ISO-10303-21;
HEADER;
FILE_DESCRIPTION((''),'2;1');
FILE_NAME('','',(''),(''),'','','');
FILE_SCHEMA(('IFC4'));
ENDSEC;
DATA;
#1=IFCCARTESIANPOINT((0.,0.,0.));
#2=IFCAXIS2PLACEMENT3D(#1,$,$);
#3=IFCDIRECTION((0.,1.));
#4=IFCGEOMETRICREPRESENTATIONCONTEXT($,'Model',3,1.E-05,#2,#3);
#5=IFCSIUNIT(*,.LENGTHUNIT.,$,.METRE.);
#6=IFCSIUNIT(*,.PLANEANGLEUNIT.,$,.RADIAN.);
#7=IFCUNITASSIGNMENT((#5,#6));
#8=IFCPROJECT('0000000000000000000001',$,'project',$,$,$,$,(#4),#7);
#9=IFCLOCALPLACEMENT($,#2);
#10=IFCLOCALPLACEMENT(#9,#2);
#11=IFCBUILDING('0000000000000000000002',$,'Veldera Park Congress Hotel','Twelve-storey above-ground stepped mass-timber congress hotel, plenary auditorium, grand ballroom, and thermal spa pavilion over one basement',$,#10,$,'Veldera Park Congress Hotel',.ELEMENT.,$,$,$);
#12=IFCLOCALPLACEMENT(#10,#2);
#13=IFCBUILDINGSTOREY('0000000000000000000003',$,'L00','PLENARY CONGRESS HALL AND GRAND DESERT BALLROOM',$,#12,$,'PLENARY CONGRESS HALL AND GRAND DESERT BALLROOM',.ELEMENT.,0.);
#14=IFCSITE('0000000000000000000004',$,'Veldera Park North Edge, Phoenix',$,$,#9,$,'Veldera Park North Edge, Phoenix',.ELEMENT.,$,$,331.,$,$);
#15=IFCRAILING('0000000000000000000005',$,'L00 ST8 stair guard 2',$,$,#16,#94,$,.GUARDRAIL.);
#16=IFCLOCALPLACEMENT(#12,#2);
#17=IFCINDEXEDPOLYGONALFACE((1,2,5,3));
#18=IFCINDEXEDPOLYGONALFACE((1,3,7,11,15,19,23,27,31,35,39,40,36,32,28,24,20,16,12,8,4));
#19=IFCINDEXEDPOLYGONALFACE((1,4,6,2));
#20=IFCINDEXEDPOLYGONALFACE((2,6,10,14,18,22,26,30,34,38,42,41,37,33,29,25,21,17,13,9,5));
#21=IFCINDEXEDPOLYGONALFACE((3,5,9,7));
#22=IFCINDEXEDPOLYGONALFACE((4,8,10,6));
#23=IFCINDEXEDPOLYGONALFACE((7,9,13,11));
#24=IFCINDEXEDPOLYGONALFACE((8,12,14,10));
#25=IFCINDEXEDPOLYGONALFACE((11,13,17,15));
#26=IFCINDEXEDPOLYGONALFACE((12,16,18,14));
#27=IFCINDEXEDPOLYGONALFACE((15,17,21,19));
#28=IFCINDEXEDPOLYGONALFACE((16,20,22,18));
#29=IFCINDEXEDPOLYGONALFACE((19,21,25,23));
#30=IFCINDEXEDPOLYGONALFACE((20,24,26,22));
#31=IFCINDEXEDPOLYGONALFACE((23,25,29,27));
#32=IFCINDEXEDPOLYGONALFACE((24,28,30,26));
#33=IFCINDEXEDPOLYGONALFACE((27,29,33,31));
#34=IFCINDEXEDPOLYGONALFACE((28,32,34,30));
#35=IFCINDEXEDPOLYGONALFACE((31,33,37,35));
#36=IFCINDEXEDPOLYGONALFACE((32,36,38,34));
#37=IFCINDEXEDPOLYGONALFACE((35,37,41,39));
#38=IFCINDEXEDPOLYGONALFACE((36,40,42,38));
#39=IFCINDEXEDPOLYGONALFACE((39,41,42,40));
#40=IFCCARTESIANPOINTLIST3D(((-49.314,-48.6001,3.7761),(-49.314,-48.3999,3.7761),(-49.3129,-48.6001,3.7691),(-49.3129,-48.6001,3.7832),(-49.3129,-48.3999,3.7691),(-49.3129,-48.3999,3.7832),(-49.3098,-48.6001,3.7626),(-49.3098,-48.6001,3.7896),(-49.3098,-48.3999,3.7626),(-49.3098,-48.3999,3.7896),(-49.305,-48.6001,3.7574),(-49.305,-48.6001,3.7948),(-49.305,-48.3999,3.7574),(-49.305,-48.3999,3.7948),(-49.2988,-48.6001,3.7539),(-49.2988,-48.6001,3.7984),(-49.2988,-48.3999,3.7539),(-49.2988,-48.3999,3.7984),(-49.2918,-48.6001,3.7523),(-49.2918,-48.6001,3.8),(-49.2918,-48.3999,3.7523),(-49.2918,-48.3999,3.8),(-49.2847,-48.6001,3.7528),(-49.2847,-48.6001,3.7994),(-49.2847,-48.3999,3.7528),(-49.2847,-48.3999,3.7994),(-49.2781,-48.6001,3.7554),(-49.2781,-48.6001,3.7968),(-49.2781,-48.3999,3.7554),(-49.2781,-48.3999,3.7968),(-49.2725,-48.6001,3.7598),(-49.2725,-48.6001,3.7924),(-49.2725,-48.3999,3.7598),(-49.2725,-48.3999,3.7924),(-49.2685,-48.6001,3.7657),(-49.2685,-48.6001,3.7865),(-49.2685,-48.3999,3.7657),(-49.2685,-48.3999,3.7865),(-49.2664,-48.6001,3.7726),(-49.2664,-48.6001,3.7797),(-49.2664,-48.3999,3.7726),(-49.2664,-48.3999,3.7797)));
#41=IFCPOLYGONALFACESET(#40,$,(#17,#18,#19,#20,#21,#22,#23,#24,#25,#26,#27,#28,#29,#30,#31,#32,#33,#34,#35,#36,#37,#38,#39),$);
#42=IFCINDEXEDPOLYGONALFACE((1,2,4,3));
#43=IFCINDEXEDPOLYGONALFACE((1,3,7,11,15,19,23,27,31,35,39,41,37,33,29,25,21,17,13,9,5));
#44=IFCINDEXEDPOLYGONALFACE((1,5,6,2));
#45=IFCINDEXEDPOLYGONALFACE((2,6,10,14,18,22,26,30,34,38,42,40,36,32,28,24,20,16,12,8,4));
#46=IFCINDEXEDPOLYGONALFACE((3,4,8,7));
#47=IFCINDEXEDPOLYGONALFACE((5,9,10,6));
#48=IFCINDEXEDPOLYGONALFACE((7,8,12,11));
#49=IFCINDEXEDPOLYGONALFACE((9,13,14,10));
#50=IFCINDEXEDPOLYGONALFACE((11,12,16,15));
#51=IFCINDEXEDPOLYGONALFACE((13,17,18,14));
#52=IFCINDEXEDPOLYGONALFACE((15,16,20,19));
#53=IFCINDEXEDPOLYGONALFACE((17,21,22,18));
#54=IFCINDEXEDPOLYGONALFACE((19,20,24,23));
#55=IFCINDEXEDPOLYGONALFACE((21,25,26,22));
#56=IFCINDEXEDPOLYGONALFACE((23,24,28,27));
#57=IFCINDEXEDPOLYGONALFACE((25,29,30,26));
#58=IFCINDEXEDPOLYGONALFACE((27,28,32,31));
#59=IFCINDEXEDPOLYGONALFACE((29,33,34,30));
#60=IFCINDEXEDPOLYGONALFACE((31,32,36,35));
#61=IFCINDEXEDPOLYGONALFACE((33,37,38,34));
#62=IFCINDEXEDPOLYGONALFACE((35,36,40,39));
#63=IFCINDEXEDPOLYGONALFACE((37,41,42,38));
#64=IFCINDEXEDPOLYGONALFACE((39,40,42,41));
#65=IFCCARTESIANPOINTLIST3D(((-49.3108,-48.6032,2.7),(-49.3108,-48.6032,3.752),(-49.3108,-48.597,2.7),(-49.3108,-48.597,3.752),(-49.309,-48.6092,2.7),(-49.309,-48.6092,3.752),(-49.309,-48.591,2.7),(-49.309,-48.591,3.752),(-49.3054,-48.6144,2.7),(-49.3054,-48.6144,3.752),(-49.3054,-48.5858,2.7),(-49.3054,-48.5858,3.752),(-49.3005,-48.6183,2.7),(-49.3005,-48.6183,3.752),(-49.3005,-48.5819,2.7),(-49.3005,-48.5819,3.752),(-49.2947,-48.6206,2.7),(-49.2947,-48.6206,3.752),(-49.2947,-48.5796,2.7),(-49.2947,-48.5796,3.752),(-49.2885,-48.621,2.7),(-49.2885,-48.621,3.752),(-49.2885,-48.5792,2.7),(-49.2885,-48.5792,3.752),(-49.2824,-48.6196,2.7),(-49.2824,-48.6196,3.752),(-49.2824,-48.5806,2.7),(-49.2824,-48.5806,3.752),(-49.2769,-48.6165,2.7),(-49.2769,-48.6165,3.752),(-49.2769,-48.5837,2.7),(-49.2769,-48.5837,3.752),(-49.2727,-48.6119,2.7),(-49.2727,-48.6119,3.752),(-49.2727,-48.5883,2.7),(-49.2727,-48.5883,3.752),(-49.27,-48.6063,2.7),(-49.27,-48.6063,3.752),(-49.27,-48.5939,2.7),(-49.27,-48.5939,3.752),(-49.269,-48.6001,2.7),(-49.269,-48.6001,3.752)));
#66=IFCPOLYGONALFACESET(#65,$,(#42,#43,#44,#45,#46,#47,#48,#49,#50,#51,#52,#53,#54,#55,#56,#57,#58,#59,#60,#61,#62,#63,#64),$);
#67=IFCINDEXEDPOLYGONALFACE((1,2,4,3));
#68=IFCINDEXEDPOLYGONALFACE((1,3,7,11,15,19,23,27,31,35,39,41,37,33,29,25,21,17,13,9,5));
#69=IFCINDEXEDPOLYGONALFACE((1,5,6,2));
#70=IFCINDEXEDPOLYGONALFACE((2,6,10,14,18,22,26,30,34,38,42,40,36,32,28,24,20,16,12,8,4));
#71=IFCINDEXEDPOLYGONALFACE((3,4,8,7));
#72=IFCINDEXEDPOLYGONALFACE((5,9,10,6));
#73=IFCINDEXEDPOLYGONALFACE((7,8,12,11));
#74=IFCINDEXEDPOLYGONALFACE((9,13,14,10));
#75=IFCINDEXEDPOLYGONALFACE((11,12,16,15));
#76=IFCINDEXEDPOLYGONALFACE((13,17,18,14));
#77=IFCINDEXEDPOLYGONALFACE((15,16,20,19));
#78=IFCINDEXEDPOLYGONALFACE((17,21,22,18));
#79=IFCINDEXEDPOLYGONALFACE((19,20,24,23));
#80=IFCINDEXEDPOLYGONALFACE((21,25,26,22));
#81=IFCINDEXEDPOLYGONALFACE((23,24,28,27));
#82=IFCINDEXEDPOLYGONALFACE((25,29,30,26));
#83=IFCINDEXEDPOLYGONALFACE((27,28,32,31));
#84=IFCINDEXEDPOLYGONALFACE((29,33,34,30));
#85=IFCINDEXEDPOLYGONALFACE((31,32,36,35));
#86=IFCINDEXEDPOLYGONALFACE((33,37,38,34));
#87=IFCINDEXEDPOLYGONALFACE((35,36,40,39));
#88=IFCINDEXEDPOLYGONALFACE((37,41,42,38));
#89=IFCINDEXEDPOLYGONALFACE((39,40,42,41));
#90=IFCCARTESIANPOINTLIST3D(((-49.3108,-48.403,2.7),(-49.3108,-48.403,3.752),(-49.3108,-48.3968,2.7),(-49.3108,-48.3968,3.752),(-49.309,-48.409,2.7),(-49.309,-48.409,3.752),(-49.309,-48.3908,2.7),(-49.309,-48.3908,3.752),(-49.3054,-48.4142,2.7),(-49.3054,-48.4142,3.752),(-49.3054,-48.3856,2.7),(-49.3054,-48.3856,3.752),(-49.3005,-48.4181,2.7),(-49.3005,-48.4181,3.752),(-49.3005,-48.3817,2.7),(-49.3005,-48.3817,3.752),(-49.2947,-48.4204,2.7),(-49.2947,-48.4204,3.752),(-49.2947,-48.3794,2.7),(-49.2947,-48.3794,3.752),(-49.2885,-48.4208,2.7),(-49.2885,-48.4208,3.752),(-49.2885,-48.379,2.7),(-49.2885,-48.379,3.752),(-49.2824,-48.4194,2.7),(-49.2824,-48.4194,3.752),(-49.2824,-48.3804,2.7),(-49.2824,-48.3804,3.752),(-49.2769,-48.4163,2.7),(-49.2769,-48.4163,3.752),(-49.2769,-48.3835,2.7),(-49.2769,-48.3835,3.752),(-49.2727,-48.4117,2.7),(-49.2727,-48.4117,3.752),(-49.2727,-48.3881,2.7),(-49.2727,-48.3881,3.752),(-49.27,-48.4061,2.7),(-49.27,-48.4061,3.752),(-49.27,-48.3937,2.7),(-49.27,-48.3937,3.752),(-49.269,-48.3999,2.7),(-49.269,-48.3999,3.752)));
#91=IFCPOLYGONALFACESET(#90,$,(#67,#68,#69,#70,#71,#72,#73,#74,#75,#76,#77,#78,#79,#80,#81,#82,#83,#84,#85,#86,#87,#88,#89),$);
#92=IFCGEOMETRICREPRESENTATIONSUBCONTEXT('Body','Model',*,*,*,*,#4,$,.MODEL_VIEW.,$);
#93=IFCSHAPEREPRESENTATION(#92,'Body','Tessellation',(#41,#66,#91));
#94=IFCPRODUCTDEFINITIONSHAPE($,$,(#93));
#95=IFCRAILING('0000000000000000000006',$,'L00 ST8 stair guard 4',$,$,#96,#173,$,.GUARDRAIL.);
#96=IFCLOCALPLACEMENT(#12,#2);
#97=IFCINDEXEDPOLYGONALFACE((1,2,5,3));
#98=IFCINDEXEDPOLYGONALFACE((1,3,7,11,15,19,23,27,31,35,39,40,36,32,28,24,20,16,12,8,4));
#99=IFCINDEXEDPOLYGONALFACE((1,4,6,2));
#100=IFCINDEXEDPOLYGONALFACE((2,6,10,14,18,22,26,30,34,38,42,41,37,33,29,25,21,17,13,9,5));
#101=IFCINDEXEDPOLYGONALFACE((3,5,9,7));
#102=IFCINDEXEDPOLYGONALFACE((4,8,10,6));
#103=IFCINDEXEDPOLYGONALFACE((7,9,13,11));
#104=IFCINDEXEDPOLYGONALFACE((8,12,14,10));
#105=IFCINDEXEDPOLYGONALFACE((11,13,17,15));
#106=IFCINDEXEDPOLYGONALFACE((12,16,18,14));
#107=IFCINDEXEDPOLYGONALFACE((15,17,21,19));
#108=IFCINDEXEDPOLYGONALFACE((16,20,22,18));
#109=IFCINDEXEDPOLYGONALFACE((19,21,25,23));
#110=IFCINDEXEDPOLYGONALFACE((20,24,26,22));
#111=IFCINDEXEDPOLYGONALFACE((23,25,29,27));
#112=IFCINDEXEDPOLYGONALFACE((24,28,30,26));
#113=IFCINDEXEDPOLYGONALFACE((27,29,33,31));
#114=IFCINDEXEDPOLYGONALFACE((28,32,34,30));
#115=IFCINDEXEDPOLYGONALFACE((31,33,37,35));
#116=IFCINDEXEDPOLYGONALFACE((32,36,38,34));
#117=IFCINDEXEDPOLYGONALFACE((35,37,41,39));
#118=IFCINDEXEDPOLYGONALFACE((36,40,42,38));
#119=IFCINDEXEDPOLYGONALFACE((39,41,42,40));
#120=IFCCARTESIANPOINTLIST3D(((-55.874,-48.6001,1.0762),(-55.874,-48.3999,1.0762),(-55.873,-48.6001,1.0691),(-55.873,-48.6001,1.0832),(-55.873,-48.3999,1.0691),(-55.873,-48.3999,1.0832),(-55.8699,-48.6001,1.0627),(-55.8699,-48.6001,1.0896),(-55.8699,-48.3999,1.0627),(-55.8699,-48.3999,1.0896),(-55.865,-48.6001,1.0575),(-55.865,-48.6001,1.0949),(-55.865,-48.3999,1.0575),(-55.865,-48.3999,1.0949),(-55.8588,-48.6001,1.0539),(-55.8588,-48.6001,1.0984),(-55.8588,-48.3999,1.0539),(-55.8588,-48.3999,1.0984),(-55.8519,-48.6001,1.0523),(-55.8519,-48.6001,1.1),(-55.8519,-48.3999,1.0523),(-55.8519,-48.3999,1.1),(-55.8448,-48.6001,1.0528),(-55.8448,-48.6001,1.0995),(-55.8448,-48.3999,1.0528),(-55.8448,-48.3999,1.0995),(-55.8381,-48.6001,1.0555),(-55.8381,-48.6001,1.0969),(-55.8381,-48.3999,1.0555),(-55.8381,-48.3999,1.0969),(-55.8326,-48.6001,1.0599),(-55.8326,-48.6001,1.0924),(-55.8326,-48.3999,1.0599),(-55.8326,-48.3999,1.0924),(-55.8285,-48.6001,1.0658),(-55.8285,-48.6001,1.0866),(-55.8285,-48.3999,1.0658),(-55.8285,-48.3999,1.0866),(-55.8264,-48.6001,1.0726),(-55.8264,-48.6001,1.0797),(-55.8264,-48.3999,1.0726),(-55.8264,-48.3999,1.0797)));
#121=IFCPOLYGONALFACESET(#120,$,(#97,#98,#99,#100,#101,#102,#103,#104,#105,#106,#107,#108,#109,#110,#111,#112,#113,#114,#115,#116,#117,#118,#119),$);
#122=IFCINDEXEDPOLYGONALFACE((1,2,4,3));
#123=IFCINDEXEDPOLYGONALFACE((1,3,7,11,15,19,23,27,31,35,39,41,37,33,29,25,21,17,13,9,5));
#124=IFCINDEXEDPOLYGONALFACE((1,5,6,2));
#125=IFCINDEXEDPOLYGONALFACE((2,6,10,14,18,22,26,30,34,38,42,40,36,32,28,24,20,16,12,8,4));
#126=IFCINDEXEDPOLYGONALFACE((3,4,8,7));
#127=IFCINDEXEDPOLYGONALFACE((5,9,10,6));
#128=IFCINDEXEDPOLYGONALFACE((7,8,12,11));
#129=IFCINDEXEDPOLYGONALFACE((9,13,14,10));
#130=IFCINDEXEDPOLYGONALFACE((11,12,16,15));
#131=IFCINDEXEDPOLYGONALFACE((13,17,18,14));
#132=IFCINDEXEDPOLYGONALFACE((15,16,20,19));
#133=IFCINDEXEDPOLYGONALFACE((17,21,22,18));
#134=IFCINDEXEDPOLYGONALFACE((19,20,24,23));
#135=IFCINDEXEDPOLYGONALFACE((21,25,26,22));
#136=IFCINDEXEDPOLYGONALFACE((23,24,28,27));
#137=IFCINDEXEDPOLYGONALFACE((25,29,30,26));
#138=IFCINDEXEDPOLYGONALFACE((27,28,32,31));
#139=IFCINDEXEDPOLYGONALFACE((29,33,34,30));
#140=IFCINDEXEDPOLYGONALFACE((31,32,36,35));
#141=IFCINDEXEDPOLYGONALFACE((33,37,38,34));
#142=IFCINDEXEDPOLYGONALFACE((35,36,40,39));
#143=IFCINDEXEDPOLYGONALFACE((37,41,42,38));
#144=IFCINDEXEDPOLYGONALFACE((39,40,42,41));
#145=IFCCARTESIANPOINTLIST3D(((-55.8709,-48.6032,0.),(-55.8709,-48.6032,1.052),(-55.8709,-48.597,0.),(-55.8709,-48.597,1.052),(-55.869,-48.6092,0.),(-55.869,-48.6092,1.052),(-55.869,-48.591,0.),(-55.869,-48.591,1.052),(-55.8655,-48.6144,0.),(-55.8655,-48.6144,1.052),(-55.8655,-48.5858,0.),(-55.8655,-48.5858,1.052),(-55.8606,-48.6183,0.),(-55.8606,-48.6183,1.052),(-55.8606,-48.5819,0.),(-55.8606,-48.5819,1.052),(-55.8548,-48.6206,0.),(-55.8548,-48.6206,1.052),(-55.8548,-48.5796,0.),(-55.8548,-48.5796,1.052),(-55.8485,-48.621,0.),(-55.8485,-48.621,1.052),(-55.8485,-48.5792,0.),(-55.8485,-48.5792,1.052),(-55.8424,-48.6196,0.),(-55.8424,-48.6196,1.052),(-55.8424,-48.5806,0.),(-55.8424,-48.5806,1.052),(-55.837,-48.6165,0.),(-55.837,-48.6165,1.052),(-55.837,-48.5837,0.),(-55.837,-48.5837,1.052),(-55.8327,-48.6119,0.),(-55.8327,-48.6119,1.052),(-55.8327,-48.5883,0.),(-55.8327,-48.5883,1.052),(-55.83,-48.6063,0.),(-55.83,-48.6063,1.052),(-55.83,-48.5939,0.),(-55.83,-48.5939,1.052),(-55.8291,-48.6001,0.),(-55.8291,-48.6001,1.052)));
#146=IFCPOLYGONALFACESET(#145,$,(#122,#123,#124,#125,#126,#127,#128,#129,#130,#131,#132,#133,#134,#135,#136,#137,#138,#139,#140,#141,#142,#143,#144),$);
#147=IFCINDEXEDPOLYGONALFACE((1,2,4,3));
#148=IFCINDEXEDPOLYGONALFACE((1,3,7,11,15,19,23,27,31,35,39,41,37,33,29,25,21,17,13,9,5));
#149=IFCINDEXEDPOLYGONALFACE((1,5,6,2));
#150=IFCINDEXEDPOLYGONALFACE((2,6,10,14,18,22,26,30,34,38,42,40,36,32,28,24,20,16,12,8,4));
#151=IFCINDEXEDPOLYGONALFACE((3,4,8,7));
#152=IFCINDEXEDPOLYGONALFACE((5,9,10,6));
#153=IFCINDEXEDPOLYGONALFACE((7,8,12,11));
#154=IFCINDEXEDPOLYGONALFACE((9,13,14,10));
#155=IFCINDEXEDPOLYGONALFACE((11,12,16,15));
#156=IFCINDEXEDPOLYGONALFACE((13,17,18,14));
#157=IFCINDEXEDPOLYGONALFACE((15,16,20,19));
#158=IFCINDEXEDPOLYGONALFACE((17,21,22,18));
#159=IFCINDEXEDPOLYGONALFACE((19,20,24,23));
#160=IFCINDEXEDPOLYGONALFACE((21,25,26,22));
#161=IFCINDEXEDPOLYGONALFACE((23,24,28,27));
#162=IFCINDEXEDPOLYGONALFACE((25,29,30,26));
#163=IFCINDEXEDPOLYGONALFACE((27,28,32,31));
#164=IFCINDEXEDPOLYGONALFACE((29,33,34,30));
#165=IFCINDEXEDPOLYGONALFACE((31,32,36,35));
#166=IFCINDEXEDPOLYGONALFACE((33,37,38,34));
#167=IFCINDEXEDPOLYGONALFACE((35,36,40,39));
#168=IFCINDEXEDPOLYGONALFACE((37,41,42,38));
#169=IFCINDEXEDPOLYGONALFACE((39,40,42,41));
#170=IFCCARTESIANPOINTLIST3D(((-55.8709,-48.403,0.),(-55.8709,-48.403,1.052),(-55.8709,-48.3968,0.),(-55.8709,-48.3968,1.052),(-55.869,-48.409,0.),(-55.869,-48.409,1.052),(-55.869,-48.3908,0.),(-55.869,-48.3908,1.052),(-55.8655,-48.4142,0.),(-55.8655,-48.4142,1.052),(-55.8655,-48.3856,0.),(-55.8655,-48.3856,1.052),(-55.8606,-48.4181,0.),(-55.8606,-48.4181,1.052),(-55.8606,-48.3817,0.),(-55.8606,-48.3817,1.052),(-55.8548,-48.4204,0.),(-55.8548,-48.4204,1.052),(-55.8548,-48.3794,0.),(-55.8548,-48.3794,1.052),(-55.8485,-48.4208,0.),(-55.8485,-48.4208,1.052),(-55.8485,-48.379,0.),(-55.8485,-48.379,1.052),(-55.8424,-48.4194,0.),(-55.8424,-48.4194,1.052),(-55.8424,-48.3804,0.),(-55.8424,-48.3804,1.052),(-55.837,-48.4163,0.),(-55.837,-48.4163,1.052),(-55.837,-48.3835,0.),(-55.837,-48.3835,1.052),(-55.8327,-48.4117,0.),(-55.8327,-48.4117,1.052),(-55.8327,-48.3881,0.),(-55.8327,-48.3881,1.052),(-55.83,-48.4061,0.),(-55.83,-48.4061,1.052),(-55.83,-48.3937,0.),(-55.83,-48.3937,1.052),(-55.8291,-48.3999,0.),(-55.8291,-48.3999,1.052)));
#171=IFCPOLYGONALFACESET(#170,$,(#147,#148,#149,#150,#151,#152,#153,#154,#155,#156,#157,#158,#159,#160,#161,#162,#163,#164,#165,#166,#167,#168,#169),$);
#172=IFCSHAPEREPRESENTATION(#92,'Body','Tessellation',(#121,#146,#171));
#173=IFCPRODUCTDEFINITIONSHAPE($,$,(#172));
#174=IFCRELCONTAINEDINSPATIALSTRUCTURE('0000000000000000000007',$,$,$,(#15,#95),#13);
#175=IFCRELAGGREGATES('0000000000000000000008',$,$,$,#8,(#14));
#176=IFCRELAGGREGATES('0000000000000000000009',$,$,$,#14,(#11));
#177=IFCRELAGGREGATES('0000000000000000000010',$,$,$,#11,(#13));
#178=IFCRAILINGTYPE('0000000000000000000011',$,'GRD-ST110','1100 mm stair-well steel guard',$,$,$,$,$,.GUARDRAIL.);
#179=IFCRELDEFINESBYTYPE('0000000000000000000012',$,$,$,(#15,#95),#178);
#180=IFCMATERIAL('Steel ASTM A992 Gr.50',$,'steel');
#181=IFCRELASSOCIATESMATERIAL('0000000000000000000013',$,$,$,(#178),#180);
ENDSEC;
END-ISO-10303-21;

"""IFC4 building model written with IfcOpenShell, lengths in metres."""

from ifc_helpers import new_model, si_unit, direction, frame, origin, origin_2d, place, context, subcontext, project, spatial, circle, extrude, material, type_object, element, save


model = new_model("IFC4")

# Units and contexts
model_context = context("Model", 3, precision=1e-05, world=origin(), true_north=direction((0.0, 1.0)))
body_context = subcontext(model_context, "Body", "Model", "MODEL_VIEW")
ifc_project = project(units=[si_unit("LENGTHUNIT", "METRE"), si_unit("PLANEANGLEUNIT", "RADIAN")], contexts=[model_context])

# Site, building, storey
site_placement = place(None, origin())
site = spatial("IfcSite", under=ifc_project, at=site_placement, Name="Veldera Park North Edge, Phoenix", LongName="Veldera Park North Edge, Phoenix", CompositionType="ELEMENT", RefElevation=331.0)
building_placement = place(site_placement, origin())
building = spatial("IfcBuilding", under=site, at=building_placement, Name="Veldera Park Congress Hotel", Description="Twelve-storey above-ground stepped mass-timber congress hotel, plenary auditorium, grand ballroom, and thermal spa pavilion over one basement", LongName="Veldera Park Congress Hotel", CompositionType="ELEMENT")
storey_placement = place(building_placement, origin())
storey = spatial("IfcBuildingStorey", under=building, at=storey_placement, Name="L00", Description="PLENARY CONGRESS HALL AND GRAND DESERT BALLROOM", LongName="PLENARY CONGRESS HALL AND GRAND DESERT BALLROOM", CompositionType="ELEMENT", Elevation=0.0)

# Railings
ifc_material_1 = material(Name="Steel ASTM A992 Gr.50", Category="steel")
railing_type_1 = type_object("IfcRailingType", Name="GRD-ST110", Description="1100 mm stair-well steel guard", PredefinedType="GUARDRAIL", material=ifc_material_1)
for number, where, name in (
    (1, (-49.29, -48.6001, 2.7), "L00 ST8 stair guard 2"),
    (2, (-55.8501, -48.6001, 0.0), "L00 ST8 stair guard 4"),
):
    element("IfcRailing", number, at=place(storey_placement, frame(where)), inside=storey, type_object=railing_type_1, Name=name, PredefinedType="GUARDRAIL", context=body_context, shape_type="SweptSolid", body=[
        extrude(circle(Radius=0.0239, at=origin_2d()), frame((0.0, 0.0, 1.0762), z_axis=(0.0, 1.0, 0.0), x_axis=(-1.0, 0.0, 0.0)), (0.0, 0.0, 1.0), 0.2002),
        extrude(circle(Radius=0.021, at=origin_2d()), origin(), (0.0, 0.0, 1.0), 1.052),
        extrude(circle(Radius=0.021, at=origin_2d()), frame((0.0, 0.2002, 0.0)), (0.0, 0.0, 1.0), 1.052),
    ])

save(model, "model.ifc")
